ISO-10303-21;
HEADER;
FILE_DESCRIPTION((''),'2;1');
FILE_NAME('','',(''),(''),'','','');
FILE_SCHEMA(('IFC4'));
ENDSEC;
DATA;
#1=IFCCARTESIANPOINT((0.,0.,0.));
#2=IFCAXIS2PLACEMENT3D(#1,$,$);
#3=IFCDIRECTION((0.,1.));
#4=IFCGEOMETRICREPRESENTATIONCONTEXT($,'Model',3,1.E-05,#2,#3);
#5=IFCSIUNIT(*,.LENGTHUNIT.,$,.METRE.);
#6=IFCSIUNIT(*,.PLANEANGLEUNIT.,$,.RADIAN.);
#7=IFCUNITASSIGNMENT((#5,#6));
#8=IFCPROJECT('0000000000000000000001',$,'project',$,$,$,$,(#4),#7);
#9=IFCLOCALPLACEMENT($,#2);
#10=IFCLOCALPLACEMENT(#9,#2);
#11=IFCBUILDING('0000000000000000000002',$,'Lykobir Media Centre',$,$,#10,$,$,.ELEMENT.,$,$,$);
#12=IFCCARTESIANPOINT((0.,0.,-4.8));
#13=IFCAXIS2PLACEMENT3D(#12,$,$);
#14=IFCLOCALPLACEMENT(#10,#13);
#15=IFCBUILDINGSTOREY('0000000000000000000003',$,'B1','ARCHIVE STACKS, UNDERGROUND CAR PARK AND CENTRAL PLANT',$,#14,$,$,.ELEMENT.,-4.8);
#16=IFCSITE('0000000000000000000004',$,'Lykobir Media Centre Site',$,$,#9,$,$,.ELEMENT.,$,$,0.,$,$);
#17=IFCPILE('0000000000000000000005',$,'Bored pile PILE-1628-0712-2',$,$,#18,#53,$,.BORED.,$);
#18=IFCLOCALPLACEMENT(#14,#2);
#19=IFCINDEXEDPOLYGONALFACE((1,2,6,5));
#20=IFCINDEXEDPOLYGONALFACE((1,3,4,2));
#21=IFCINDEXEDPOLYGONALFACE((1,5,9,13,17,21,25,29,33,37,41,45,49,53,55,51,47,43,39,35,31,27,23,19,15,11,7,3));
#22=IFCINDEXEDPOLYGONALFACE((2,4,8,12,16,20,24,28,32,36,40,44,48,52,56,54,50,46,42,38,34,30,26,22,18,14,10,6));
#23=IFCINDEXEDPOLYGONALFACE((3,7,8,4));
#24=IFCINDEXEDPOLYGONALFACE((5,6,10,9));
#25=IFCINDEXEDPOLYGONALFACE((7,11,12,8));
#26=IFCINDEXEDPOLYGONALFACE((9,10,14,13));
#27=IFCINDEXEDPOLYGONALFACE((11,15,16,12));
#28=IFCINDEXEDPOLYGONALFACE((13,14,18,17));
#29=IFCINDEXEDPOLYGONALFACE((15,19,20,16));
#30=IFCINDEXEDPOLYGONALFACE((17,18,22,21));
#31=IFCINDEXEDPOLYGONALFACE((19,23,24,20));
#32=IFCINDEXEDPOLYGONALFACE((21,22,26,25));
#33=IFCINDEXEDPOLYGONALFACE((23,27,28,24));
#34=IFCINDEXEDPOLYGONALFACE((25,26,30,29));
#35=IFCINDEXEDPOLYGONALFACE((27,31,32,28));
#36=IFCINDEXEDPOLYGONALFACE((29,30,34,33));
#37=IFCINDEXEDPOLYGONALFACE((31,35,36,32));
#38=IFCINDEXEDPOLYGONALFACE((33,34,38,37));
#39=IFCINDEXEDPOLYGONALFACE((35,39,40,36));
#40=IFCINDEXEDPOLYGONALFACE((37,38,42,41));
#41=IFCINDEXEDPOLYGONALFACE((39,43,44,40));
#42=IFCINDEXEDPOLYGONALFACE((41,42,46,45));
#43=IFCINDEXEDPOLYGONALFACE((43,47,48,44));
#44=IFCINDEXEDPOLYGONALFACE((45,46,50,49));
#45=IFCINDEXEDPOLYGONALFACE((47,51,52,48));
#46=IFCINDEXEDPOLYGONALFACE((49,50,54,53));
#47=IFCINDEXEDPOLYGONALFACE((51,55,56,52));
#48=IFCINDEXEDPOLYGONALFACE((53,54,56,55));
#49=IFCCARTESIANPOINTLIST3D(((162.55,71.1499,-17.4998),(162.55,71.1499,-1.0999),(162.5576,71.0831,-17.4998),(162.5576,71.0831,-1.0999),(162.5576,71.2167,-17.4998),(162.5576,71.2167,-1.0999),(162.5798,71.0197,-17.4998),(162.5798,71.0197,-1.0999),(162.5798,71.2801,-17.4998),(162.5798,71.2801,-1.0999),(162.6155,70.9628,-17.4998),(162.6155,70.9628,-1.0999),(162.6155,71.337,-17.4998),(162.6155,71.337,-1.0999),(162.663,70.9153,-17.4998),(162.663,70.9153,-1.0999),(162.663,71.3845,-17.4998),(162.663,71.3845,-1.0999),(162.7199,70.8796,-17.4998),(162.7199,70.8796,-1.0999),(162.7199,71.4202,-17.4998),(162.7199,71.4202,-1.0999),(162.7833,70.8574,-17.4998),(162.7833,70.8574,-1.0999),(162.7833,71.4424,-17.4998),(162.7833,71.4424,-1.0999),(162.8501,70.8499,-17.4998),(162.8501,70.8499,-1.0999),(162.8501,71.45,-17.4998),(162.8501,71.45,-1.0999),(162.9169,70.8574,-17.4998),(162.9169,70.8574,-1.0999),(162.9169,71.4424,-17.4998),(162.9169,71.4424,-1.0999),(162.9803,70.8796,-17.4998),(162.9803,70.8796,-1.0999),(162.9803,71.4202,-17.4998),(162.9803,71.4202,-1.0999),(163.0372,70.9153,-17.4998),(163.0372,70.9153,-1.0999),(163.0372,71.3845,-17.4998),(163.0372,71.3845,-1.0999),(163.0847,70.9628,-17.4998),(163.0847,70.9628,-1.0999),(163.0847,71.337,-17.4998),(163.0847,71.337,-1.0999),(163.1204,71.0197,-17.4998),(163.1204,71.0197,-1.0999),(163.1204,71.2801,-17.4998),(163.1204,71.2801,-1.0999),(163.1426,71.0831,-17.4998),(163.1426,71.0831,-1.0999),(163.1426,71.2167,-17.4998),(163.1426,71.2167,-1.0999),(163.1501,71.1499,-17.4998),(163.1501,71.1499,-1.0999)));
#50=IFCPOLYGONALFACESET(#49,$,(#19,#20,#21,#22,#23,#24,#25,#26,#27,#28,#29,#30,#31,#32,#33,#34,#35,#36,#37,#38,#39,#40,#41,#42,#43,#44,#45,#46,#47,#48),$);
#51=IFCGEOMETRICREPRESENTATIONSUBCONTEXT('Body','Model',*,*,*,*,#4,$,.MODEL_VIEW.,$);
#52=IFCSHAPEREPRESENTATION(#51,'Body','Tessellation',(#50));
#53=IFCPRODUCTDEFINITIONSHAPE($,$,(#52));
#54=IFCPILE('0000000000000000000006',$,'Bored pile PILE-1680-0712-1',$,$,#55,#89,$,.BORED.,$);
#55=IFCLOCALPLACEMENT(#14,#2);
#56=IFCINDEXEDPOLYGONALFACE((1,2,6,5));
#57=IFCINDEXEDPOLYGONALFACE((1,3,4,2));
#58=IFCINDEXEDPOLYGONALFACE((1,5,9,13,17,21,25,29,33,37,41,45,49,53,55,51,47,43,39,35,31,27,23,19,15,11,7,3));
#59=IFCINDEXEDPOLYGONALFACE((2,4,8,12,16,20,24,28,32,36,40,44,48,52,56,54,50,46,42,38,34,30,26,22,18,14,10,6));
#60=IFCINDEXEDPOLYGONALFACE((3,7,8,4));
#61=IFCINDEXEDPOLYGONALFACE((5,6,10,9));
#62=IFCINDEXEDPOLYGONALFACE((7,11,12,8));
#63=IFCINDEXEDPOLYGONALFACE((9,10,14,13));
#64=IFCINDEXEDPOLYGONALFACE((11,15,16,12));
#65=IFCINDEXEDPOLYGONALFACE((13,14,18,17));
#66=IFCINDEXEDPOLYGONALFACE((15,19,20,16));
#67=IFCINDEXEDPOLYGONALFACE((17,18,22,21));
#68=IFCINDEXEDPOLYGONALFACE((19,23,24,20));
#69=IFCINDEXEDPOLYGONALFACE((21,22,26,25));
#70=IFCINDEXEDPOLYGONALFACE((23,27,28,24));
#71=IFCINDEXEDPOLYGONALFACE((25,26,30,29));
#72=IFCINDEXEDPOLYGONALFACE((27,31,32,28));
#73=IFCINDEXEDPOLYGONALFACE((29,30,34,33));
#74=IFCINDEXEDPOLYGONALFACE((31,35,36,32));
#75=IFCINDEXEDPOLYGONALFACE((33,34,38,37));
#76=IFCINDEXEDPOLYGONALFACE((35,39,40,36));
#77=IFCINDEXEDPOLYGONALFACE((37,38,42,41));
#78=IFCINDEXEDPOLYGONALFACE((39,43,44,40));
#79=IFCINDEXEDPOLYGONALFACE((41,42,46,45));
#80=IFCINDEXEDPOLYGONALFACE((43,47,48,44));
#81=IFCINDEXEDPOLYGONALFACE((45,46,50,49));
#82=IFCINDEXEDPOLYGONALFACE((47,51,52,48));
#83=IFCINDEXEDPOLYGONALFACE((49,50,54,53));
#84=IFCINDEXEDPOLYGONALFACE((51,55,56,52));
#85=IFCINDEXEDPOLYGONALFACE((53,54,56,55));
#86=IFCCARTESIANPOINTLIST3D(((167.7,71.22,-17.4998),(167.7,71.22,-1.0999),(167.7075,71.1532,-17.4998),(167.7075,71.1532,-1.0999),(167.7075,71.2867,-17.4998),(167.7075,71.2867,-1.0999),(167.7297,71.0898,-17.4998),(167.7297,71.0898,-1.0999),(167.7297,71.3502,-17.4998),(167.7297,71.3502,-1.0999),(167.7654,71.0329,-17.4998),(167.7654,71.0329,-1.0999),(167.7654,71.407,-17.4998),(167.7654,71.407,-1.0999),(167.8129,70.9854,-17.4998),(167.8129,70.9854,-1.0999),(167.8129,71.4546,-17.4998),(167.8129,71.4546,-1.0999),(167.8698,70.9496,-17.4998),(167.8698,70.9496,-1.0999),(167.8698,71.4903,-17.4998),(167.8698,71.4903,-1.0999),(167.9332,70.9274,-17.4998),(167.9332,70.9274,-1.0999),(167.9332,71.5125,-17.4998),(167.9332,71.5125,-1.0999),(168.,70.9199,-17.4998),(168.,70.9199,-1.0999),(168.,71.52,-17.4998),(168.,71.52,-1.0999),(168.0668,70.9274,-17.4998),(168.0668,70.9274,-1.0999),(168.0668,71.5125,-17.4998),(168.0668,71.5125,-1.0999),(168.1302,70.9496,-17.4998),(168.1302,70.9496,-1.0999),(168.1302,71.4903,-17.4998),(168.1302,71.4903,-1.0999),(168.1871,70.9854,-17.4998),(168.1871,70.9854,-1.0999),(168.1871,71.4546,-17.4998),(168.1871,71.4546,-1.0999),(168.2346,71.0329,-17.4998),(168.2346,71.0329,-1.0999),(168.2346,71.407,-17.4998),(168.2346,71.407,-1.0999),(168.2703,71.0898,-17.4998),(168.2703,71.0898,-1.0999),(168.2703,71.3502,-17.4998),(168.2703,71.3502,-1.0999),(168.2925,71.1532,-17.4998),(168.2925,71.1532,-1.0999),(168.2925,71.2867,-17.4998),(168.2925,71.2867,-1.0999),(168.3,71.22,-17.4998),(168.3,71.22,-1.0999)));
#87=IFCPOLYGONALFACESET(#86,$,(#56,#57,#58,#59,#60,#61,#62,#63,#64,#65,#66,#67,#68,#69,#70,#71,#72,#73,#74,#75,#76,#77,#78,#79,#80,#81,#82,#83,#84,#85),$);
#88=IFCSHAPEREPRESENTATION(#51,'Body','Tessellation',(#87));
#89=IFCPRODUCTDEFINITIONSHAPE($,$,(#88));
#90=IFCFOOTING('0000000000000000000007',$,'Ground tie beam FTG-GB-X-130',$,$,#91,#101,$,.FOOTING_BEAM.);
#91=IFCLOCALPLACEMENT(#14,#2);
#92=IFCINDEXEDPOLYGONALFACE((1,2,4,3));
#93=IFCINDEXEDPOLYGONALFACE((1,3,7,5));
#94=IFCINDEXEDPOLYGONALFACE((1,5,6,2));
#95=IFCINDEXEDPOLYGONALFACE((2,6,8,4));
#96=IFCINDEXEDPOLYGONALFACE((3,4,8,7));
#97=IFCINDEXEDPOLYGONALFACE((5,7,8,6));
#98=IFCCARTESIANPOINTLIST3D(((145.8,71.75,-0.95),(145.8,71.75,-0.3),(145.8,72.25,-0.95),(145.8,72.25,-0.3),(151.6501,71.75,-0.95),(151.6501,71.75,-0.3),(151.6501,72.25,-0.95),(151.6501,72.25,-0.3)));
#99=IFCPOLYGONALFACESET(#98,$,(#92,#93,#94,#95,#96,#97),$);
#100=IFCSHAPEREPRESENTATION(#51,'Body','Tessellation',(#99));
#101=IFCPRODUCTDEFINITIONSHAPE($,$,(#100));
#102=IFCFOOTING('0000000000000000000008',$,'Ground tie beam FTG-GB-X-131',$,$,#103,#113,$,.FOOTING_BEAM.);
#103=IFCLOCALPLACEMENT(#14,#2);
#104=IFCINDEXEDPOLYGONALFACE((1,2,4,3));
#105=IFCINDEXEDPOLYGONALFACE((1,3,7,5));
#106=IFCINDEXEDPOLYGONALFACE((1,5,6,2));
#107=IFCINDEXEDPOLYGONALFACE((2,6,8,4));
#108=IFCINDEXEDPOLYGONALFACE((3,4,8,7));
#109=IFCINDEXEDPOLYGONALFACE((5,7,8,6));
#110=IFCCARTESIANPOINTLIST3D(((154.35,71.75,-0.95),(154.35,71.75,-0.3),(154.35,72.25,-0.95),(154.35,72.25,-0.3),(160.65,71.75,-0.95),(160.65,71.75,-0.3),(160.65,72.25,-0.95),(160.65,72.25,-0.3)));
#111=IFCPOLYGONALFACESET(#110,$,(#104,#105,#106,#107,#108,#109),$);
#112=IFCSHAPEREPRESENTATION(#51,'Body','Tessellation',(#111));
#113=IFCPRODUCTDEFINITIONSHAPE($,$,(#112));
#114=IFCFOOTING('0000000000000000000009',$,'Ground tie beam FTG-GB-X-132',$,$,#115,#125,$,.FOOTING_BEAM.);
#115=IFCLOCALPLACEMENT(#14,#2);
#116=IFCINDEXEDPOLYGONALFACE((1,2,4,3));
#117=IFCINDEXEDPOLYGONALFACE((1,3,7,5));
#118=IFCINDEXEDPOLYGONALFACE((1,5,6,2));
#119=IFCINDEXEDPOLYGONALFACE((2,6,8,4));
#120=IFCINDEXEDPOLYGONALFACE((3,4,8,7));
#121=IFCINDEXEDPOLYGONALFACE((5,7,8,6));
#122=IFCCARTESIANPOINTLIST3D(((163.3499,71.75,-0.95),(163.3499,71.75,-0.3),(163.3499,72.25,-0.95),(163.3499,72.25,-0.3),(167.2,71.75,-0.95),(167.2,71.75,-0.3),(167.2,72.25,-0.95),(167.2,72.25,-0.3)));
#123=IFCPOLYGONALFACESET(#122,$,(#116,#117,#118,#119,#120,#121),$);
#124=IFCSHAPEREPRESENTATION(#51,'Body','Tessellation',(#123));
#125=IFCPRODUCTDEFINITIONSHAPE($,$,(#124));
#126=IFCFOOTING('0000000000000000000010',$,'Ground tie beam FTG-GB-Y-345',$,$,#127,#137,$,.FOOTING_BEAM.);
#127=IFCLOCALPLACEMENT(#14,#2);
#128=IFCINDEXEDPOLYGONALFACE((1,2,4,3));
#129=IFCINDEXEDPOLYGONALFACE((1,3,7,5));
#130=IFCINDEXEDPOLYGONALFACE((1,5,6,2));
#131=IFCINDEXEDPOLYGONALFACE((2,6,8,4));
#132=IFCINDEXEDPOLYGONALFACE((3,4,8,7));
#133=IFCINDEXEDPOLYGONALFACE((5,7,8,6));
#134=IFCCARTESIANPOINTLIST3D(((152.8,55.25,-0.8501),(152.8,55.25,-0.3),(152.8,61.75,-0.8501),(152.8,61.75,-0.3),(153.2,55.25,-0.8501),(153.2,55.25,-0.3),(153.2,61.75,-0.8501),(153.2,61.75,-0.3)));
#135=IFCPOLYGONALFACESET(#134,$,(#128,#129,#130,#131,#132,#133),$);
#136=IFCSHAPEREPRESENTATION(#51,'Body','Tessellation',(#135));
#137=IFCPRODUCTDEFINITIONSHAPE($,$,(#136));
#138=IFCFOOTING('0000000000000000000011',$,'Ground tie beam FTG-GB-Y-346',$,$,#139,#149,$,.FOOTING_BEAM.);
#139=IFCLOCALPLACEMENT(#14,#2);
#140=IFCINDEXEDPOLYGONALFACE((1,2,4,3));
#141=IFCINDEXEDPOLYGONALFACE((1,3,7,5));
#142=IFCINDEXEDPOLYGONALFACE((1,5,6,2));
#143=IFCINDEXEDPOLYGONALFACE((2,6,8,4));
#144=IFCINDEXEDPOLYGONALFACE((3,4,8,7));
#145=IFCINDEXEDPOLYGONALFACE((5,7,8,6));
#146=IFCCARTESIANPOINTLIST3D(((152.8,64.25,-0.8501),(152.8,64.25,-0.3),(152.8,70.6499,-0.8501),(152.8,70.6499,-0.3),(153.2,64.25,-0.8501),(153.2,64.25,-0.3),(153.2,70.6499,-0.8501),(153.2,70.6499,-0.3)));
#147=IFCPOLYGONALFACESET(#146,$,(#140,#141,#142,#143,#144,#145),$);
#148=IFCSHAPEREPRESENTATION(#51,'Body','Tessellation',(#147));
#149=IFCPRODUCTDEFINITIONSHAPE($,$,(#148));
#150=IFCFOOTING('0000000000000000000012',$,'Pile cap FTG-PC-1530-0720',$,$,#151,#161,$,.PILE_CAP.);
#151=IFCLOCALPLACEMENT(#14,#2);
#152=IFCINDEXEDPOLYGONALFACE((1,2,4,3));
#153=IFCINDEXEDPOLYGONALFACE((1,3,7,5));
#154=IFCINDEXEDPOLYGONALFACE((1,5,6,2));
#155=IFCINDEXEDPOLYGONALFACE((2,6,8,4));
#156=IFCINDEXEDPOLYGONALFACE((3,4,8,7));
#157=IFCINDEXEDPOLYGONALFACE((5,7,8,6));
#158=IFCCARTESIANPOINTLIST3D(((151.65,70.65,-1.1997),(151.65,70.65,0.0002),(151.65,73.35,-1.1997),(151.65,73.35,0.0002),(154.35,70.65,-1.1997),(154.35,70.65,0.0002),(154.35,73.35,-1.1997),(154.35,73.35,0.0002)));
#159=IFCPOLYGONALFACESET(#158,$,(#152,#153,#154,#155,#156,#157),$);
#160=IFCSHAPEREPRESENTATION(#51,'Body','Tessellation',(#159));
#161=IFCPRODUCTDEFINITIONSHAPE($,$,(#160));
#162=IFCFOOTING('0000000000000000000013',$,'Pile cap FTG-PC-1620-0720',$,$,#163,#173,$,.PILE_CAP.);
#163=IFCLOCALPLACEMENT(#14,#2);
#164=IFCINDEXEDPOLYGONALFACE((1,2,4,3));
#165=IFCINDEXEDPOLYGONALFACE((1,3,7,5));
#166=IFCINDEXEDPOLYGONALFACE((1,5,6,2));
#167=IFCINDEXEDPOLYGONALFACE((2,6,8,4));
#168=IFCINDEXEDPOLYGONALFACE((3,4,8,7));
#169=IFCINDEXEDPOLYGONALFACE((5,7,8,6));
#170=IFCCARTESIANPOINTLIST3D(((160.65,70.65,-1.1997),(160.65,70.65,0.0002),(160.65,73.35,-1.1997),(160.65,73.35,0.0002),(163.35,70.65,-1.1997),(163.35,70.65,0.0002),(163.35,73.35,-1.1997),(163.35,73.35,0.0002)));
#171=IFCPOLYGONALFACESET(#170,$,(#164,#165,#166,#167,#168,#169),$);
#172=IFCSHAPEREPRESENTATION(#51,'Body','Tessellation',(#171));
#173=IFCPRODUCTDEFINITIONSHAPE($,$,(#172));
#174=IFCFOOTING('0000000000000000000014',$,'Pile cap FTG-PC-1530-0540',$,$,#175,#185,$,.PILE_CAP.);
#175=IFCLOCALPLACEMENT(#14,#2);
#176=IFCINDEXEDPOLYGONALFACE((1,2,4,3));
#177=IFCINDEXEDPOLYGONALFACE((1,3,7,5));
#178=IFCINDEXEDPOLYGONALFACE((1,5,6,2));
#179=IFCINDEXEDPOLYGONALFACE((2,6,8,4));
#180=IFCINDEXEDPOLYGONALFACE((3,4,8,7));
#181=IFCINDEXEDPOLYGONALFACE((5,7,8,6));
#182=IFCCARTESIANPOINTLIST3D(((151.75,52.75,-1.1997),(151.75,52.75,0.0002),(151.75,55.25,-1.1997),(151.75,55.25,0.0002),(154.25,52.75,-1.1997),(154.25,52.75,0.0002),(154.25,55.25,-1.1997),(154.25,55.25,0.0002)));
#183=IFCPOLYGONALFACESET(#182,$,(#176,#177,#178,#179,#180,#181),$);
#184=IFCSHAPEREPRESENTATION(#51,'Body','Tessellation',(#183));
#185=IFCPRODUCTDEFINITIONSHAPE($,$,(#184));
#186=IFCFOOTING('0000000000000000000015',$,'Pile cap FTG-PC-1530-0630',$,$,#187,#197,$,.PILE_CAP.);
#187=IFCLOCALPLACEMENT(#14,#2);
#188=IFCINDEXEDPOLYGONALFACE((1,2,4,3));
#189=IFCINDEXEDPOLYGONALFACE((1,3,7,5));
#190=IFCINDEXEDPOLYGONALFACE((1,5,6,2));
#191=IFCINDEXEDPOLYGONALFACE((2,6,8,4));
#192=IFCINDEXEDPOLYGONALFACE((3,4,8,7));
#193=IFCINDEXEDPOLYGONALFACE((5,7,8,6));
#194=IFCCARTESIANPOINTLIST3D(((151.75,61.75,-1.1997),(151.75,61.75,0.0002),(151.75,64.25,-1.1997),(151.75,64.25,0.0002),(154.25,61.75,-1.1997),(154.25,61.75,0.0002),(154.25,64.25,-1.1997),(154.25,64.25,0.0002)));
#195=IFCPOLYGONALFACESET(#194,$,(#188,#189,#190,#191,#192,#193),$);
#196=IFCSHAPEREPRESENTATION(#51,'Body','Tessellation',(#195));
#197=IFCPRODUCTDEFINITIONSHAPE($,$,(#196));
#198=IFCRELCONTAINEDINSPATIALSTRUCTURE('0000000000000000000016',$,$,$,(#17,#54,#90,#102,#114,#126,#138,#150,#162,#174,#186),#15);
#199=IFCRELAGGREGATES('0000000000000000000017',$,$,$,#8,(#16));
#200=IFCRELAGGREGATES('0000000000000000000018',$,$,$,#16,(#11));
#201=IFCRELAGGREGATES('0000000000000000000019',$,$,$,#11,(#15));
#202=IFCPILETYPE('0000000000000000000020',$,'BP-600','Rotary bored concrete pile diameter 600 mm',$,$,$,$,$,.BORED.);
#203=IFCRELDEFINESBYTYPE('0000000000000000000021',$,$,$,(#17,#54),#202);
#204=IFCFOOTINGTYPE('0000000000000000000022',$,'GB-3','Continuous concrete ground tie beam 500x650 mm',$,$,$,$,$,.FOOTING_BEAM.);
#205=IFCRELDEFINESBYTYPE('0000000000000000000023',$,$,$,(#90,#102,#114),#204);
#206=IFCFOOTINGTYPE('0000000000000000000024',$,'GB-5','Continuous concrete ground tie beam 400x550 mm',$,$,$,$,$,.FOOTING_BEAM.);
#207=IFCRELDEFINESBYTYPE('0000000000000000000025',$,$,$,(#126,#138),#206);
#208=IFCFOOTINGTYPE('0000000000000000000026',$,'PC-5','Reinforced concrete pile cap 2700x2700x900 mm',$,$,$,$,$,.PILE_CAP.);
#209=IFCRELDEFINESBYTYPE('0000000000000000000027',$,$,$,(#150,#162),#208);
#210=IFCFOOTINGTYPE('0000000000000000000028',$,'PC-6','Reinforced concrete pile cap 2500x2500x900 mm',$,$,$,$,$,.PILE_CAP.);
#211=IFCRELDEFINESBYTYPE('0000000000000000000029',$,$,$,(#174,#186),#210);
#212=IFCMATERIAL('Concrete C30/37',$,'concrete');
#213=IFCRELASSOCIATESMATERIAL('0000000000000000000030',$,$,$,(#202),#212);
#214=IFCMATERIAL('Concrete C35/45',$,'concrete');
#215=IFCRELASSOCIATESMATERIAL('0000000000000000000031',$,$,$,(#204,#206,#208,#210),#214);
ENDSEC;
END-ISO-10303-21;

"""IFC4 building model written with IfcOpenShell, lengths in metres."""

from ifc_helpers import new_model, si_unit, direction, frame, origin, origin_2d, place, context, subcontext, project, spatial, rectangle, circle, extrude, material, material_profile, profile_set, type_object, element, save


model = new_model("IFC4")

# Units and contexts
model_context = context("Model", 3, precision=1e-05, world=origin(), true_north=direction((0.0, 1.0)))
body_context = subcontext(model_context, "Body", "Model", "MODEL_VIEW")
ifc_project = project(units=[si_unit("LENGTHUNIT", "METRE"), si_unit("PLANEANGLEUNIT", "RADIAN")], contexts=[model_context])

# Site, building, storey
site_placement = place(None, origin())
site = spatial("IfcSite", under=ifc_project, at=site_placement, Name="Lykobir Media Centre Site", CompositionType="ELEMENT", RefElevation=0.0)
building_placement = place(site_placement, origin())
building = spatial("IfcBuilding", under=site, at=building_placement, Name="Lykobir Media Centre", CompositionType="ELEMENT")
storey_placement = place(building_placement, frame((0.0, 0.0, -4.8)))
storey = spatial("IfcBuildingStorey", under=building, at=storey_placement, Name="B1", Description="ARCHIVE STACKS, UNDERGROUND CAR PARK AND CENTRAL PLANT", CompositionType="ELEMENT", Elevation=-4.8)

# Piles
ifc_material_1 = material(Name="Concrete C30/37", Category="concrete")
ifc_material_profile_1 = material_profile(ifc_material_1, circle(Radius=0.3, at=origin_2d()), Name="BORED PILE D600")
ifc_profile_set_1 = profile_set([ifc_material_profile_1], Name="Concrete C30/37")
pile_type = type_object("IfcPileType", Name="BP-600", Description="Rotary bored concrete pile diameter 600 mm", PredefinedType="BORED", material=ifc_profile_set_1)
for number, where, z_axis, x_axis, name in (
    (1, (162.8501, 71.1499, -1.0999), (0.0, 0.0, -1.0), (1.0, 0.0, 0.0), "Bored pile PILE-1628-0712-2"),
    (2, (168.0, 71.22, -1.0999), (0.0, 0.0, -1.0), (1.0, 0.0, 0.0), "Bored pile PILE-1680-0712-1"),
):
    element("IfcPile", number, at=place(storey_placement, frame(where, z_axis=z_axis, x_axis=x_axis)), inside=storey, type_object=pile_type, Name=name, PredefinedType="BORED", context=body_context, shape_type="SweptSolid", body=[
        extrude(circle(Radius=0.3, at=origin_2d()), origin(), (0.0, 0.0, 1.0), 16.3999),
    ])

# Footings
ifc_material_2 = material(Name="Concrete C35/45", Category="concrete")
footing_type_1 = type_object("IfcFootingType", Name="GB-3", Description="Continuous concrete ground tie beam 500x650 mm", PredefinedType="FOOTING_BEAM", material=ifc_material_2)
footing_1_placement = place(storey_placement, frame((148.7251, 72.0, -0.95), z_axis=(0.0, 0.0, 1.0), x_axis=(1.0, 0.0, 0.0)))
element("IfcFooting", 3, at=footing_1_placement, inside=storey, type_object=footing_type_1, Name="Ground tie beam FTG-GB-X-130", PredefinedType="FOOTING_BEAM", context=body_context, shape_type="SweptSolid", body=[
    extrude(rectangle(XDim=5.8501, YDim=0.5, at=origin_2d()), origin(), (0.0, 0.0, 1.0), 0.6499),
])
footing_2_placement = place(storey_placement, frame((157.5, 72.0, -0.95), z_axis=(0.0, 0.0, 1.0), x_axis=(1.0, 0.0, 0.0)))
element("IfcFooting", 4, at=footing_2_placement, inside=storey, type_object=footing_type_1, Name="Ground tie beam FTG-GB-X-131", PredefinedType="FOOTING_BEAM", context=body_context, shape_type="SweptSolid", body=[
    extrude(rectangle(XDim=6.3, YDim=0.5, at=origin_2d()), origin(), (0.0, 0.0, 1.0), 0.6499),
])
footing_3_placement = place(storey_placement, frame((165.2749, 72.0, -0.95), z_axis=(0.0, 0.0, 1.0), x_axis=(1.0, 0.0, 0.0)))
element("IfcFooting", 5, at=footing_3_placement, inside=storey, type_object=footing_type_1, Name="Ground tie beam FTG-GB-X-132", PredefinedType="FOOTING_BEAM", context=body_context, shape_type="SweptSolid", body=[
    extrude(rectangle(XDim=3.8501, YDim=0.5, at=origin_2d()), origin(), (0.0, 0.0, 1.0), 0.6499),
])
footing_type_2 = type_object("IfcFootingType", Name="GB-5", Description="Continuous concrete ground tie beam 400x550 mm", PredefinedType="FOOTING_BEAM", material=ifc_material_2)
footing_4_placement = place(storey_placement, frame((153.0, 58.5, -0.8501), z_axis=(0.0, 0.0, 1.0), x_axis=(0.0, 1.0, 0.0)))
element("IfcFooting", 6, at=footing_4_placement, inside=storey, type_object=footing_type_2, Name="Ground tie beam FTG-GB-Y-345", PredefinedType="FOOTING_BEAM", context=body_context, shape_type="SweptSolid", body=[
    extrude(rectangle(XDim=6.5, YDim=0.3999, at=origin_2d()), origin(), (0.0, 0.0, 1.0), 0.55),
])
footing_5_placement = place(storey_placement, frame((153.0, 67.45, -0.8501), z_axis=(0.0, 0.0, 1.0), x_axis=(0.0, 1.0, 0.0)))
element("IfcFooting", 7, at=footing_5_placement, inside=storey, type_object=footing_type_2, Name="Ground tie beam FTG-GB-Y-346", PredefinedType="FOOTING_BEAM", context=body_context, shape_type="SweptSolid", body=[
    extrude(rectangle(XDim=6.3999, YDim=0.3999, at=origin_2d()), origin(), (0.0, 0.0, 1.0), 0.55),
])
footing_type_3 = type_object("IfcFootingType", Name="PC-5", Description="Reinforced concrete pile cap 2700x2700x900 mm", PredefinedType="PILE_CAP", material=ifc_material_2)
for number, where, z_axis, x_axis, name in (
    (8, (153.0, 72.0, -1.1997), (0.0, 0.0, 1.0), (1.0, 0.0, 0.0), "Pile cap FTG-PC-1530-0720"),
    (9, (162.0, 72.0, -1.1997), (0.0, 0.0, 1.0), (1.0, 0.0, 0.0), "Pile cap FTG-PC-1620-0720"),
):
    element("IfcFooting", number, at=place(storey_placement, frame(where, z_axis=z_axis, x_axis=x_axis)), inside=storey, type_object=footing_type_3, Name=name, PredefinedType="PILE_CAP", context=body_context, shape_type="SweptSolid", body=[
        extrude(rectangle(XDim=2.7, YDim=2.7, at=origin_2d()), origin(), (0.0, 0.0, 1.0), 1.2),
    ])
footing_type_4 = type_object("IfcFootingType", Name="PC-6", Description="Reinforced concrete pile cap 2500x2500x900 mm", PredefinedType="PILE_CAP", material=ifc_material_2)
for number, where, z_axis, x_axis, name in (
    (10, (153.0, 54.0, -1.1997), (0.0, 0.0, 1.0), (1.0, 0.0, 0.0), "Pile cap FTG-PC-1530-0540"),
    (11, (153.0, 63.0, -1.1997), (0.0, 0.0, 1.0), (1.0, 0.0, 0.0), "Pile cap FTG-PC-1530-0630"),
):
    element("IfcFooting", number, at=place(storey_placement, frame(where, z_axis=z_axis, x_axis=x_axis)), inside=storey, type_object=footing_type_4, Name=name, PredefinedType="PILE_CAP", context=body_context, shape_type="SweptSolid", body=[
        extrude(rectangle(XDim=2.5, YDim=2.5, at=origin_2d()), origin(), (0.0, 0.0, 1.0), 1.2),
    ])

save(model, "model.ifc")
